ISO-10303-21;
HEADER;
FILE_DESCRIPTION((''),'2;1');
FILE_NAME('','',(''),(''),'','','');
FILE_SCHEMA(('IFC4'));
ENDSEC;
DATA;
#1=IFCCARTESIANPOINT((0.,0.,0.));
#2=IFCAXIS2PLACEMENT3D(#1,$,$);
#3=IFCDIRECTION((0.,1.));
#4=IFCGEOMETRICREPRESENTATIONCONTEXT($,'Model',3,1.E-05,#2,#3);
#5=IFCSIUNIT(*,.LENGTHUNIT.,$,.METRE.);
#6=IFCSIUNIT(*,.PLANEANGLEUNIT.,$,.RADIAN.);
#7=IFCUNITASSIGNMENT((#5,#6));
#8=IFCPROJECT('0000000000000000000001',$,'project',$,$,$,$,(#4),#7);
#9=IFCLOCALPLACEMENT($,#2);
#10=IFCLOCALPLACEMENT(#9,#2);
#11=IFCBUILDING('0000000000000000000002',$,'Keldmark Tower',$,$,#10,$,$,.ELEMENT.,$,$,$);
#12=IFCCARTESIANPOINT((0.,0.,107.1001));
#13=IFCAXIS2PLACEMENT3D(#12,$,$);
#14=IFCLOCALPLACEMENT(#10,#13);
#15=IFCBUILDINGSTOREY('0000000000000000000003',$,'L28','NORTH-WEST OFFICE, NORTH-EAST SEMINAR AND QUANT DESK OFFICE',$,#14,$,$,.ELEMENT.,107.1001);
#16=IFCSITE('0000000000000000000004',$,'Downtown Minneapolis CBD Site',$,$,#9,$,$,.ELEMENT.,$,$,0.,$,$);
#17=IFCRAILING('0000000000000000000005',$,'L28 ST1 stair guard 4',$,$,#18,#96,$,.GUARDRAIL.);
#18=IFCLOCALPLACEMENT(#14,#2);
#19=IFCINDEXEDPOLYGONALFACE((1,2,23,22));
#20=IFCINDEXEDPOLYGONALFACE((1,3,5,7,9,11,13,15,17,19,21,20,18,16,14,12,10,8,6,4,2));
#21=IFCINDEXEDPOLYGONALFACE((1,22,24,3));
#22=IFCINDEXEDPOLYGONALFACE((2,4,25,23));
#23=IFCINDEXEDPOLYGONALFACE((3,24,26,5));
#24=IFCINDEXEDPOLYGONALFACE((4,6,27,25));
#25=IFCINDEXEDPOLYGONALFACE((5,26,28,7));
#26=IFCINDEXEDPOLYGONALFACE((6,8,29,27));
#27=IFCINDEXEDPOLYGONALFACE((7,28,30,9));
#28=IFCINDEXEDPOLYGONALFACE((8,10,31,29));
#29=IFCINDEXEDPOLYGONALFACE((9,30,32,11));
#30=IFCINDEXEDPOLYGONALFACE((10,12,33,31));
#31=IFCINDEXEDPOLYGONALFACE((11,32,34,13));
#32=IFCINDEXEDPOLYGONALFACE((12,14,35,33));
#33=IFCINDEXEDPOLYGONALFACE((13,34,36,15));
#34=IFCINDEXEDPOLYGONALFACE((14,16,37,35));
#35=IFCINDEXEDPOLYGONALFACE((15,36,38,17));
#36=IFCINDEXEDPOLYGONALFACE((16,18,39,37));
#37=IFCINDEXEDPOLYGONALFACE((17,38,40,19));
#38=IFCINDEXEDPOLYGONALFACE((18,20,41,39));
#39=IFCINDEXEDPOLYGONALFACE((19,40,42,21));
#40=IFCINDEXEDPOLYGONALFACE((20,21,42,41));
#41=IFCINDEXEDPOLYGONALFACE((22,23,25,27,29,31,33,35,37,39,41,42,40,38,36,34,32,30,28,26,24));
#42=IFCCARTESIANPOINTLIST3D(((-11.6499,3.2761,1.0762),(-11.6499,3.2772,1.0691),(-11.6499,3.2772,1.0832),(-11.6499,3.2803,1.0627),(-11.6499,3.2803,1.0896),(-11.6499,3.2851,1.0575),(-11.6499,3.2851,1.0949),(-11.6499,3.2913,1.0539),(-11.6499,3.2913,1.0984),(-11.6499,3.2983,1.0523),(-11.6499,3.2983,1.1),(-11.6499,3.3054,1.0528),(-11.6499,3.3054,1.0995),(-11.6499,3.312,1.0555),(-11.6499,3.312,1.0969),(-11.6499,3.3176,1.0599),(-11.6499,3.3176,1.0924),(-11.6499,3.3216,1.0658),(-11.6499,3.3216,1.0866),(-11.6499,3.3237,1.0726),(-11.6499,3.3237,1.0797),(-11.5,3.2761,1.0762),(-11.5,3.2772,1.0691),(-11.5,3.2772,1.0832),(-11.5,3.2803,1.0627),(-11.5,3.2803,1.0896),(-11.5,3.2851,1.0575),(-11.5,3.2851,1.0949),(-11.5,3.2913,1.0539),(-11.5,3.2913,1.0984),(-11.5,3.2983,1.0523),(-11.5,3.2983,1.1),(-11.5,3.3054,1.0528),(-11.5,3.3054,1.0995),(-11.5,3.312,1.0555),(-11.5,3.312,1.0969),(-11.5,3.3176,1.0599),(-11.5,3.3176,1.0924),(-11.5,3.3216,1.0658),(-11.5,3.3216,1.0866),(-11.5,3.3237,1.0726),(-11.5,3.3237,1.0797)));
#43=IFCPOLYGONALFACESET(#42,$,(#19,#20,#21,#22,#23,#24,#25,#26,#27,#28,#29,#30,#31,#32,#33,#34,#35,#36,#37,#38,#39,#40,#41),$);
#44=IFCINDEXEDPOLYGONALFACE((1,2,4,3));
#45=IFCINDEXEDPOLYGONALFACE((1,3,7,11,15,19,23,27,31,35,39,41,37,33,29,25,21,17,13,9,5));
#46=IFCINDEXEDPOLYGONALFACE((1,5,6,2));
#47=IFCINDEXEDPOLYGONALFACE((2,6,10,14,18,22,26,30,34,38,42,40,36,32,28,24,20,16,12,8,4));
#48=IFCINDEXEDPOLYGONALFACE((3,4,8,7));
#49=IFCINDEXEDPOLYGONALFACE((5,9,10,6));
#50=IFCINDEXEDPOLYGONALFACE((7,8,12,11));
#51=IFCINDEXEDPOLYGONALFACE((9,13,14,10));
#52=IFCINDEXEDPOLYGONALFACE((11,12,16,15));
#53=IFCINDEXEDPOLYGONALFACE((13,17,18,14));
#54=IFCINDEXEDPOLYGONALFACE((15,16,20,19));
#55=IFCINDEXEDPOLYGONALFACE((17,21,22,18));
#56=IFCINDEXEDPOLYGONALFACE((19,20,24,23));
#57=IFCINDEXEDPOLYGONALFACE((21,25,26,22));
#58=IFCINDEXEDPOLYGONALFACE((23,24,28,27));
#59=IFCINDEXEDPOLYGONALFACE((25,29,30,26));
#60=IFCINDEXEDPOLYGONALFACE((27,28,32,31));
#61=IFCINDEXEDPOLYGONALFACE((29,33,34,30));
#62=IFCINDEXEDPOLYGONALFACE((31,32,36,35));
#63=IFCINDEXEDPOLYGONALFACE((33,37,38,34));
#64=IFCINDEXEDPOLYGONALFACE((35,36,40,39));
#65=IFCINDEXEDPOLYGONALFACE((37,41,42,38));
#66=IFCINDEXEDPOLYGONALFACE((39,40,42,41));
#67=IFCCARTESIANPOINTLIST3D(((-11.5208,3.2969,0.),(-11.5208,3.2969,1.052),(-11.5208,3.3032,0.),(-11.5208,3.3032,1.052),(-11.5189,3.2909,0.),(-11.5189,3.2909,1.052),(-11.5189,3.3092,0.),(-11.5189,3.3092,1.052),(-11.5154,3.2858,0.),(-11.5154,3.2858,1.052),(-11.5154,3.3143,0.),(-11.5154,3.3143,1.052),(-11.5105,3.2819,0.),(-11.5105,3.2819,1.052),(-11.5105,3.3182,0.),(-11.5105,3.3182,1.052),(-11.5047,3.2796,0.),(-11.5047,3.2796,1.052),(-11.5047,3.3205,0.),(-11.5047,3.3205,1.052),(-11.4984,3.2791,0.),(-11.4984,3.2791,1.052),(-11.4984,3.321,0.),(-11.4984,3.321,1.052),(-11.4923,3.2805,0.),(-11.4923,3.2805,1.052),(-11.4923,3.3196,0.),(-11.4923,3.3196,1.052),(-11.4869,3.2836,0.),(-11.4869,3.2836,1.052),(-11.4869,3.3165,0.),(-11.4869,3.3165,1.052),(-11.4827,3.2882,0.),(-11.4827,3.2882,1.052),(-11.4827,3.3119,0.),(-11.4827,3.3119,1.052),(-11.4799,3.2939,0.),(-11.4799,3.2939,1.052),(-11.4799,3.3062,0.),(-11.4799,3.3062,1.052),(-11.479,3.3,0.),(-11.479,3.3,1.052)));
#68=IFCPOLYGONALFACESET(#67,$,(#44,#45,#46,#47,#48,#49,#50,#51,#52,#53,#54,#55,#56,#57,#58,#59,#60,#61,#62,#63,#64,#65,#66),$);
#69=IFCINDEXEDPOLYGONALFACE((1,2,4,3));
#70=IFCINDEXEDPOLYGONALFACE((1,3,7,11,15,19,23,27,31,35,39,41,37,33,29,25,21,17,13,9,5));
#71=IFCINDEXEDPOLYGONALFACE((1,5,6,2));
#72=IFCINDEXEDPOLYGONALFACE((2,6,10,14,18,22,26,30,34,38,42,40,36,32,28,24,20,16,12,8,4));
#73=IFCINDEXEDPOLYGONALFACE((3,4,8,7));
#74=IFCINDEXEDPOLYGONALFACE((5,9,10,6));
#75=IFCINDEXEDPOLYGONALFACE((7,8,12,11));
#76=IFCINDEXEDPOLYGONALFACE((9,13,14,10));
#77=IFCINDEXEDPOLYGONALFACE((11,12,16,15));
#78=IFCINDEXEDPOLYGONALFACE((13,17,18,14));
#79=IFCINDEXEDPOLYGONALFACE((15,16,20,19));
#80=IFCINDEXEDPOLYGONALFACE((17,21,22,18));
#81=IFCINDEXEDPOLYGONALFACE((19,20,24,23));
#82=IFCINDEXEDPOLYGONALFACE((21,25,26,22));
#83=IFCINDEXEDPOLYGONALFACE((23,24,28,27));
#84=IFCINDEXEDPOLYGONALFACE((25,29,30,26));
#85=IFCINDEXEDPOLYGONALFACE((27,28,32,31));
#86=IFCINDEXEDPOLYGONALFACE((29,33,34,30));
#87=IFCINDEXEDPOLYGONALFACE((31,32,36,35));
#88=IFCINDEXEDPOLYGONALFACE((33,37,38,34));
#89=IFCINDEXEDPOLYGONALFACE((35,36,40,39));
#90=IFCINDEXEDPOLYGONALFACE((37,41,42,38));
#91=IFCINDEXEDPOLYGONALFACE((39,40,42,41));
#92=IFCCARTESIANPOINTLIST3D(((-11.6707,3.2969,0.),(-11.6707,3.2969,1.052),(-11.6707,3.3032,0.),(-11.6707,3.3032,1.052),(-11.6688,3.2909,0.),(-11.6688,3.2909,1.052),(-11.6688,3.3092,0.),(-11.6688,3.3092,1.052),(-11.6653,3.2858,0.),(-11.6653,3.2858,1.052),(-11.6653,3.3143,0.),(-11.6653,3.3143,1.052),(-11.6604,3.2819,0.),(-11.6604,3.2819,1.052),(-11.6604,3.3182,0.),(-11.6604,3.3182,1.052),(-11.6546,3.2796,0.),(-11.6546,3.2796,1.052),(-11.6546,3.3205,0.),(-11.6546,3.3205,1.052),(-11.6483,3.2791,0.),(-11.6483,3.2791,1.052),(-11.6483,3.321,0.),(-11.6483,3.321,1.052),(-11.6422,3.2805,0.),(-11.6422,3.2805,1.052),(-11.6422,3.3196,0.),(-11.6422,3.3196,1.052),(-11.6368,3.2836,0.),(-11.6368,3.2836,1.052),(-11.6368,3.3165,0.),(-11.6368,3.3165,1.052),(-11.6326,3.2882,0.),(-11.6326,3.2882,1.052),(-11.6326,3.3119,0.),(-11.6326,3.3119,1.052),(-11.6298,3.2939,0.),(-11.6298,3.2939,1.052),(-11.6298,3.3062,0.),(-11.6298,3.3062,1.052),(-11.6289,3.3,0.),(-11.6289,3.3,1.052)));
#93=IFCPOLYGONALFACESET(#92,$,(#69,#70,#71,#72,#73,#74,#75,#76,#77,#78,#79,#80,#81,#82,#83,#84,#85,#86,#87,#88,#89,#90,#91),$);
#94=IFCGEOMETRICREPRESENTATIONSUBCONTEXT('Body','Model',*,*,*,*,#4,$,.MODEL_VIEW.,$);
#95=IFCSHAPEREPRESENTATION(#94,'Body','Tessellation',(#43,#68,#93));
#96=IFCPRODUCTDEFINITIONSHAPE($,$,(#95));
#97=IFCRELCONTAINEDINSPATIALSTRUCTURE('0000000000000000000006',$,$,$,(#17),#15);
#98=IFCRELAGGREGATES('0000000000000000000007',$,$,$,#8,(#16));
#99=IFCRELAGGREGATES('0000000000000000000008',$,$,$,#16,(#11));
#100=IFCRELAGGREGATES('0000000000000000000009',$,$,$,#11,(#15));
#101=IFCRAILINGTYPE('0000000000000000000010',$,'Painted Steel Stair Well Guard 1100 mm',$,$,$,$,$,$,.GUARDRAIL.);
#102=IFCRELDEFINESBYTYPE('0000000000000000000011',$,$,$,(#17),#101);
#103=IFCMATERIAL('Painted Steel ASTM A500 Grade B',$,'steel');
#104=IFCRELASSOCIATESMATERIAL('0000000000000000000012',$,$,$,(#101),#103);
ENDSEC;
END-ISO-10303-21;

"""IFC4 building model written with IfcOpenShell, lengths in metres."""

from ifc_helpers import new_model, si_unit, direction, frame, origin, origin_2d, place, context, subcontext, project, spatial, circle, extrude, material, type_object, element, save


model = new_model("IFC4")

# Units and contexts
model_context = context("Model", 3, precision=1e-05, world=origin(), true_north=direction((0.0, 1.0)))
body_context = subcontext(model_context, "Body", "Model", "MODEL_VIEW")
ifc_project = project(units=[si_unit("LENGTHUNIT", "METRE"), si_unit("PLANEANGLEUNIT", "RADIAN")], contexts=[model_context])

# Site, building, storey
site_placement = place(None, origin())
site = spatial("IfcSite", under=ifc_project, at=site_placement, Name="Downtown Minneapolis CBD Site", CompositionType="ELEMENT", RefElevation=0.0)
building_placement = place(site_placement, origin())
building = spatial("IfcBuilding", under=site, at=building_placement, Name="Keldmark Tower", CompositionType="ELEMENT")
storey_placement = place(building_placement, frame((0.0, 0.0, 107.1001)))
storey = spatial("IfcBuildingStorey", under=building, at=storey_placement, Name="L28", Description="NORTH-WEST OFFICE, NORTH-EAST SEMINAR AND QUANT DESK OFFICE", CompositionType="ELEMENT", Elevation=107.1001)

# Railing
ifc_material_1 = material(Name="Painted Steel ASTM A500 Grade B", Category="steel")
railing_type_1 = type_object("IfcRailingType", Name="Painted Steel Stair Well Guard 1100 mm", PredefinedType="GUARDRAIL", material=ifc_material_1)
railing_1_placement = place(storey_placement, frame((-11.5, 3.3, 0.0)))
element("IfcRailing", 1, at=railing_1_placement, inside=storey, type_object=railing_type_1, Name="L28 ST1 stair guard 4", PredefinedType="GUARDRAIL", context=body_context, shape_type="SweptSolid", body=[
    extrude(circle(Radius=0.0239, at=origin_2d()), frame((0.0, 0.0, 1.0762), z_axis=(-1.0, 0.0, 0.0), x_axis=(0.0, -1.0, 0.0)), (0.0, 0.0, 1.0), 0.1499),
    extrude(circle(Radius=0.021, at=origin_2d()), origin(), (0.0, 0.0, 1.0), 1.052),
    extrude(circle(Radius=0.021, at=origin_2d()), frame((-0.1499, 0.0, 0.0)), (0.0, 0.0, 1.0), 1.052),
])

save(model, "model.ifc")
